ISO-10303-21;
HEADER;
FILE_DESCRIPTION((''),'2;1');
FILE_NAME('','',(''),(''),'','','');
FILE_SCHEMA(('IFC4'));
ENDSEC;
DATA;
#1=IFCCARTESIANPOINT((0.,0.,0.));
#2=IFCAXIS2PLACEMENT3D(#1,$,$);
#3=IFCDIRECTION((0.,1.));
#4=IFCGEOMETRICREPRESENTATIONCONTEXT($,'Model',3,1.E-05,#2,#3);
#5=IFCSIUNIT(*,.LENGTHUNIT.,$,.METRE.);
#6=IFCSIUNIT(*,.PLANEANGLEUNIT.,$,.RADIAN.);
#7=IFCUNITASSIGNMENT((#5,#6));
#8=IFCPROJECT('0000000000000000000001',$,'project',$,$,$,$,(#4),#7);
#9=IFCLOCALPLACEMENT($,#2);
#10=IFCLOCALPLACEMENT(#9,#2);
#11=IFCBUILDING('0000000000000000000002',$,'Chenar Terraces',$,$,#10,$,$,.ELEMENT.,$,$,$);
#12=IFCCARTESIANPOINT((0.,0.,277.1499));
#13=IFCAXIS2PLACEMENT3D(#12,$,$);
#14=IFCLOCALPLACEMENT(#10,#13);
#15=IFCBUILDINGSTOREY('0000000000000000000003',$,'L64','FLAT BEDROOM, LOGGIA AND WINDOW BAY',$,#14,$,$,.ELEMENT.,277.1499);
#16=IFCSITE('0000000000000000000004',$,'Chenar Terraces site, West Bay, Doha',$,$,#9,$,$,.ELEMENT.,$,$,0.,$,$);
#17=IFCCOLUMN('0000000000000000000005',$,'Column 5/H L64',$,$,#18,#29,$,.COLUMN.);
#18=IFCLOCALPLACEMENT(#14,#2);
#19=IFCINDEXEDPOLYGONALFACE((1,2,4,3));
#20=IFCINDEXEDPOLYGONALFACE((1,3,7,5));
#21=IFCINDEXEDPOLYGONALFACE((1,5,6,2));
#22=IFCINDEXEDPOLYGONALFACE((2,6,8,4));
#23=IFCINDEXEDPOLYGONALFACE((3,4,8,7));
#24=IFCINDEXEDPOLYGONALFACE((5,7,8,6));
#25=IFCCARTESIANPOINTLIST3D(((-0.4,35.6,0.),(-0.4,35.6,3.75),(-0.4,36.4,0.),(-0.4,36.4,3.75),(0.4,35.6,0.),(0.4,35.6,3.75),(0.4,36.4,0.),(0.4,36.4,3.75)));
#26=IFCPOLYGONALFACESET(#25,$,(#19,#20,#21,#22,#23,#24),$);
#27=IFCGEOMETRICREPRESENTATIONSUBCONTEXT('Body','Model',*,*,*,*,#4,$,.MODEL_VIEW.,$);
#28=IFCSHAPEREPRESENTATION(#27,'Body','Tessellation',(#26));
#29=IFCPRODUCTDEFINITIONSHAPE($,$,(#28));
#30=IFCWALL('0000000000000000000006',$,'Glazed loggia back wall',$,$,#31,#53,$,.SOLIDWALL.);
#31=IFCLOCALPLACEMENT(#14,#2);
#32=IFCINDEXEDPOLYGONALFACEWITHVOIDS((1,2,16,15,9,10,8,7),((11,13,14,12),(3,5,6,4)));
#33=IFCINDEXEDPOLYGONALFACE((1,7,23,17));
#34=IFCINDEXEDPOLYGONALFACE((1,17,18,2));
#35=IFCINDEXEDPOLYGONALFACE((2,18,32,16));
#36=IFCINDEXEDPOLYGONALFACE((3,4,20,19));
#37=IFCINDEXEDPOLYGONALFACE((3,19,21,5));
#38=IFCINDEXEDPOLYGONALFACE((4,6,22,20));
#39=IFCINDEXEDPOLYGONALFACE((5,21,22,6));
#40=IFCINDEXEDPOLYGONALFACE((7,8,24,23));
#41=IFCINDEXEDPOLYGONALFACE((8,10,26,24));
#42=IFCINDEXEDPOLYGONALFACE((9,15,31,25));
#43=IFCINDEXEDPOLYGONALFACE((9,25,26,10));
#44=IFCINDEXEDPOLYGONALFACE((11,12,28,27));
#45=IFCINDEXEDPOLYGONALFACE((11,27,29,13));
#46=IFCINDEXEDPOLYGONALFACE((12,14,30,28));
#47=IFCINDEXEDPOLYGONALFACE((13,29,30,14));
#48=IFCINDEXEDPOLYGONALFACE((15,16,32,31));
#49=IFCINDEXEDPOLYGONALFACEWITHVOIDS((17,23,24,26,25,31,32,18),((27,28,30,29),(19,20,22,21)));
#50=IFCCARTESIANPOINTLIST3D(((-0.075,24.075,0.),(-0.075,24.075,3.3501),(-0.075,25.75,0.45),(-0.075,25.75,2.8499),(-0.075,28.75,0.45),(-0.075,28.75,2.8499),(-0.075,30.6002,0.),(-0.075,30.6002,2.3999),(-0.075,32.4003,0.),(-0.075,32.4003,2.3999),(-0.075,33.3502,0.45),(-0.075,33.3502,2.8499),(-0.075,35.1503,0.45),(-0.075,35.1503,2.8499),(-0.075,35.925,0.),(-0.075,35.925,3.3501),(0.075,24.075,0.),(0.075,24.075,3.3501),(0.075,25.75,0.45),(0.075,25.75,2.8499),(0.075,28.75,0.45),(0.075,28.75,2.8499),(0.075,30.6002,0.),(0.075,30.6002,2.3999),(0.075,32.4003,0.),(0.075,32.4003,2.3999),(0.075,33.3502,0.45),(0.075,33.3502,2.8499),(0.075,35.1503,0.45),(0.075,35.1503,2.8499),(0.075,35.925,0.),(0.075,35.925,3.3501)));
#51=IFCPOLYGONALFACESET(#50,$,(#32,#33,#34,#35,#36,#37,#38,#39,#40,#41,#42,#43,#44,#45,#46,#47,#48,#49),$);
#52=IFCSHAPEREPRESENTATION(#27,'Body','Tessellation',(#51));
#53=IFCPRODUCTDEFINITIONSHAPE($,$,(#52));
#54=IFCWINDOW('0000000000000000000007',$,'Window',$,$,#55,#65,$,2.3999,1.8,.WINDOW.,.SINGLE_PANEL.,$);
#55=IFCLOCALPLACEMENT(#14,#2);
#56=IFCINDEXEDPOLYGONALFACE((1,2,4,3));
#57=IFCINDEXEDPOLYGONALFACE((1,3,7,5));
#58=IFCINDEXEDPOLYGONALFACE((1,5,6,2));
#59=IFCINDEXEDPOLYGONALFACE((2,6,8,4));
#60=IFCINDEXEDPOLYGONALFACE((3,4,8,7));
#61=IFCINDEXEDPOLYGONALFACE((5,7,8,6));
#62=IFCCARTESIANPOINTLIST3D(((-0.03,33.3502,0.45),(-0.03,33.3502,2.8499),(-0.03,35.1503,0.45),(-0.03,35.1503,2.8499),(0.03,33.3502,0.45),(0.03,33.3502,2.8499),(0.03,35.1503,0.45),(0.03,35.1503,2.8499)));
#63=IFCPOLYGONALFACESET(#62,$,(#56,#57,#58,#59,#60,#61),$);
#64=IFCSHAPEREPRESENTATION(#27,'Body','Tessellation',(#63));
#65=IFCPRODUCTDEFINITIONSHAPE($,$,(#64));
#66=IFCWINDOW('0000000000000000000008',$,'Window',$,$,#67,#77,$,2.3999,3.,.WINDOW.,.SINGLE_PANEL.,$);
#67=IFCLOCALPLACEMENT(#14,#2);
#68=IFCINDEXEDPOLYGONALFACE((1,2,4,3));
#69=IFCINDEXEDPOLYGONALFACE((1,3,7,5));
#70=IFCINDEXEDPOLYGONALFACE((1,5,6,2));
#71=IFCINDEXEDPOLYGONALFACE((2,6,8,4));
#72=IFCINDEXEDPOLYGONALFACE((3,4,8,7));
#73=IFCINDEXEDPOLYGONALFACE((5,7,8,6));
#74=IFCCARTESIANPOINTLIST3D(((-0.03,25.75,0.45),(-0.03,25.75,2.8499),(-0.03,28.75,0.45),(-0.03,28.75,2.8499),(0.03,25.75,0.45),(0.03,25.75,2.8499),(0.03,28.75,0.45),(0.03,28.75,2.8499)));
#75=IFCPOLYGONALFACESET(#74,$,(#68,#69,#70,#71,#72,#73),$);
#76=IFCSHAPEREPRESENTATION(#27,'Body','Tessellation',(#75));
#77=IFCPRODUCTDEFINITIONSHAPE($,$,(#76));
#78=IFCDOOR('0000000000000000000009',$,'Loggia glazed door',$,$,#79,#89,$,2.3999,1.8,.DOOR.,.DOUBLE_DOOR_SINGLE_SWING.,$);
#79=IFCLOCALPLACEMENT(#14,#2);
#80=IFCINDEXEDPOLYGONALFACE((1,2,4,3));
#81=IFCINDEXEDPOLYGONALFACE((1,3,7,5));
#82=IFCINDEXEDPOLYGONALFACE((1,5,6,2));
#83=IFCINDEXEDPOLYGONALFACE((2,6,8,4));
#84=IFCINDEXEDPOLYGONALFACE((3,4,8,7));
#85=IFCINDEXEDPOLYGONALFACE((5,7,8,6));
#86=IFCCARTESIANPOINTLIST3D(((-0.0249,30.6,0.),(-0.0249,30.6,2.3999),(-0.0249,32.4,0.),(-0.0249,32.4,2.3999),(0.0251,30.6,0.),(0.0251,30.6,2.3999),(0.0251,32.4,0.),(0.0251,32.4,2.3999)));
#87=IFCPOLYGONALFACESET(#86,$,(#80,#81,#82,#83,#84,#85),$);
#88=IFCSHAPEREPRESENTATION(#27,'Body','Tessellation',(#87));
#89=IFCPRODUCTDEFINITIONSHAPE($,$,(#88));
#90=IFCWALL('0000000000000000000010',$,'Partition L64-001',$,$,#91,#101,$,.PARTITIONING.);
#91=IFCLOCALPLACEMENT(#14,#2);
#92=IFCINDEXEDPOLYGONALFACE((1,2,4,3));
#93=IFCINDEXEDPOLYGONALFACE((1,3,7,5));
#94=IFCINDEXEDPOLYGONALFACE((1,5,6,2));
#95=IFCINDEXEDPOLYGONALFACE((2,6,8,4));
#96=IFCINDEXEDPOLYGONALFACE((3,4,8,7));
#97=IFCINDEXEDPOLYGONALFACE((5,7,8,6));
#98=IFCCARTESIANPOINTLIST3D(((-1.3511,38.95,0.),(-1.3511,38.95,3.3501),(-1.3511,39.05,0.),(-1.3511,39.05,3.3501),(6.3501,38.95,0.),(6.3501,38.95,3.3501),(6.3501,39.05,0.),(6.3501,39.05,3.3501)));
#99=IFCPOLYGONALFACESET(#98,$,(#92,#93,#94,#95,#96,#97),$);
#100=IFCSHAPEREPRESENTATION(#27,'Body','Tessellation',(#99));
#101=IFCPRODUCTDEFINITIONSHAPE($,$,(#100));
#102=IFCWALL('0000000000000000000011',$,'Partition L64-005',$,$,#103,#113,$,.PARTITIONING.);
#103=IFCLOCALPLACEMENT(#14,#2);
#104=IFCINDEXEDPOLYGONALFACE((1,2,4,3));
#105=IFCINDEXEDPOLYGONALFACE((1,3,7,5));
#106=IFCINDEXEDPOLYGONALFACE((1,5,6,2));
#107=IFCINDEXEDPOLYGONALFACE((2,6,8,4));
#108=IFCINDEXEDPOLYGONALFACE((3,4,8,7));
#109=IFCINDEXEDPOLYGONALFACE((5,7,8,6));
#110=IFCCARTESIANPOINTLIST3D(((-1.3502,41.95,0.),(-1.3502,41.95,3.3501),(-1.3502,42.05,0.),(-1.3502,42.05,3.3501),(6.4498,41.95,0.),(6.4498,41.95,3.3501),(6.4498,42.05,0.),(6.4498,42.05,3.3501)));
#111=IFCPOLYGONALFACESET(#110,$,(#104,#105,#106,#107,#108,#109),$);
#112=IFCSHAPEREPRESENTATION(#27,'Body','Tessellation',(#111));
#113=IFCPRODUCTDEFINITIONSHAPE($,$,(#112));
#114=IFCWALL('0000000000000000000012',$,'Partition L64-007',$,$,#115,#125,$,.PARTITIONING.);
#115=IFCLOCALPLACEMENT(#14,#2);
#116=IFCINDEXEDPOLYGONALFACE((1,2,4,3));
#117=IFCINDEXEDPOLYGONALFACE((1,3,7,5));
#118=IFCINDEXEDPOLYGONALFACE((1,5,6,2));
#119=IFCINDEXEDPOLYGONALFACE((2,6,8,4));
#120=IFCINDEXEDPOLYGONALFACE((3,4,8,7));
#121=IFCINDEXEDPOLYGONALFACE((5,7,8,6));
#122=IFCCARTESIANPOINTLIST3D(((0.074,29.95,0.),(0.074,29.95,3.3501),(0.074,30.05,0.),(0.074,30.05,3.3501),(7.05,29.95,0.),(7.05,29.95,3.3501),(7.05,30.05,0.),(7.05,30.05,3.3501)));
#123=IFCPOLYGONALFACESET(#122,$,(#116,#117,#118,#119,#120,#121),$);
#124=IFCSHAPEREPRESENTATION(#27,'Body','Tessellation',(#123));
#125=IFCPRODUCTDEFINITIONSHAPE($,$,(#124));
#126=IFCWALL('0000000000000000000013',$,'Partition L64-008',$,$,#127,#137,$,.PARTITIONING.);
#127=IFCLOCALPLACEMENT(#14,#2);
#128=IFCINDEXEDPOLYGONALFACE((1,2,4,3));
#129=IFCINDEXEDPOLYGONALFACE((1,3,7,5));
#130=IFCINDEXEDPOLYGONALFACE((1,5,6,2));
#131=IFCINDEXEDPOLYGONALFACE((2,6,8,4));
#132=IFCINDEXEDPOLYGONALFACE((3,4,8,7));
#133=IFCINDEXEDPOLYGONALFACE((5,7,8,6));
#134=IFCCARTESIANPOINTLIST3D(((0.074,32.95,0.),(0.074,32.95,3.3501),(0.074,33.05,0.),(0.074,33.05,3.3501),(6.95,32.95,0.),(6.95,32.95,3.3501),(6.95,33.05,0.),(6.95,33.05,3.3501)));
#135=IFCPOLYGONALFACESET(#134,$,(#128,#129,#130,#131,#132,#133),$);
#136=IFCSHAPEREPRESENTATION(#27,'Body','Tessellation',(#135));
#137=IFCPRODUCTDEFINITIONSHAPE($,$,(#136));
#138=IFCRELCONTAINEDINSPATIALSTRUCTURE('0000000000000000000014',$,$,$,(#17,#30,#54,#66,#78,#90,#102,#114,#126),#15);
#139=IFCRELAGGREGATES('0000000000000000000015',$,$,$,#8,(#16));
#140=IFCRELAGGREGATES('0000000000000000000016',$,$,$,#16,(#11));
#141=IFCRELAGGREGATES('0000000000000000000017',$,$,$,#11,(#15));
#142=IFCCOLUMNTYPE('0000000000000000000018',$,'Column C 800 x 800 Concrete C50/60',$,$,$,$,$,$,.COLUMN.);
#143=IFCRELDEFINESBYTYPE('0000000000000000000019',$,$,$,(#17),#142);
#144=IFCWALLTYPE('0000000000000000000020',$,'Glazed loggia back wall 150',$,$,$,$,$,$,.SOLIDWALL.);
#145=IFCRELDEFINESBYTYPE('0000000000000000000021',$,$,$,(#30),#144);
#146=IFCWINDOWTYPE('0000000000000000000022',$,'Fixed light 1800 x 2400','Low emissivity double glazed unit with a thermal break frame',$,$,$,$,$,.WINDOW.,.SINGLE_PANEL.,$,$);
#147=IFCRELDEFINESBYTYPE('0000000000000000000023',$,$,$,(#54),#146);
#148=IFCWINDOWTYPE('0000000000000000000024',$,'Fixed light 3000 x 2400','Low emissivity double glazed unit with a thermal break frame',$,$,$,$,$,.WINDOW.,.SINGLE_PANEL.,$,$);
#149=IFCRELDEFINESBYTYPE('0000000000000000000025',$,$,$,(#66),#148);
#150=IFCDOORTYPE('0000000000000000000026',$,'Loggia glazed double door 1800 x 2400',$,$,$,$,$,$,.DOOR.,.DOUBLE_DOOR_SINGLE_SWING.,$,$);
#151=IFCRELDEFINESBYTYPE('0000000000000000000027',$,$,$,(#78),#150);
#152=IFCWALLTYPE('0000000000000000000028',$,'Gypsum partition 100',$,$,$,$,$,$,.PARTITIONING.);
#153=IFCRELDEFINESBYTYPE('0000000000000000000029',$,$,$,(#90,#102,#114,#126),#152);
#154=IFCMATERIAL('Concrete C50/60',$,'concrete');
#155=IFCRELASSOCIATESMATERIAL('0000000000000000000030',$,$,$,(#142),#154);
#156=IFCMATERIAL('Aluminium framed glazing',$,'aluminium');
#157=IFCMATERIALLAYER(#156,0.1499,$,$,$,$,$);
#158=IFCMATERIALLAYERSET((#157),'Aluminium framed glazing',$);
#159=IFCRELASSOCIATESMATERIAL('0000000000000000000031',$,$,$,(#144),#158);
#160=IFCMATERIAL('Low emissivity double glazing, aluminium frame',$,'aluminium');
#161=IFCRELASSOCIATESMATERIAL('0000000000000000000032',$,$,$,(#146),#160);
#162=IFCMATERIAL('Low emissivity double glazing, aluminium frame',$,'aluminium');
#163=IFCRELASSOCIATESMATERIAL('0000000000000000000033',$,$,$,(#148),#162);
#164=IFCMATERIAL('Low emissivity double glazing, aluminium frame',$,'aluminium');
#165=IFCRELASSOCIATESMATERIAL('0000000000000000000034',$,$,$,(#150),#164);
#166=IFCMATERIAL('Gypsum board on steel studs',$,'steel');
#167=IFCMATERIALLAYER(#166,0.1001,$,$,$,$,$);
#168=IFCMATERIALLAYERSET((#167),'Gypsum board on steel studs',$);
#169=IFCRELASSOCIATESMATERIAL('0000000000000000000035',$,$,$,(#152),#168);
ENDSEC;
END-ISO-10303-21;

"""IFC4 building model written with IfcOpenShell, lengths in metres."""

from ifc_helpers import new_model, si_unit, direction, frame, frame_2d, origin, origin_2d, place, context, subcontext, project, spatial, rectangle, extrude, material, layer, layer_set, material_profile, profile_set, type_object, element, fill, save


model = new_model("IFC4")

# Units and contexts
model_context = context("Model", 3, precision=1e-05, world=origin(), true_north=direction((0.0, 1.0)))
body_context = subcontext(model_context, "Body", "Model", "MODEL_VIEW")
ifc_project = project(units=[si_unit("LENGTHUNIT", "METRE"), si_unit("PLANEANGLEUNIT", "RADIAN")], contexts=[model_context])

# Site, building, storey
site_placement = place(None, origin())
site = spatial("IfcSite", under=ifc_project, at=site_placement, Name="Chenar Terraces site, West Bay, Doha", CompositionType="ELEMENT", RefElevation=0.0)
building_placement = place(site_placement, origin())
building = spatial("IfcBuilding", under=site, at=building_placement, Name="Chenar Terraces", CompositionType="ELEMENT")
storey_placement = place(building_placement, frame((0.0, 0.0, 277.1499)))
storey = spatial("IfcBuildingStorey", under=building, at=storey_placement, Name="L64", Description="FLAT BEDROOM, LOGGIA AND WINDOW BAY", CompositionType="ELEMENT", Elevation=277.1499)

# Column
ifc_material_1 = material(Name="Concrete C50/60", Category="concrete")
ifc_material_profile = material_profile(ifc_material_1, rectangle(XDim=0.8, YDim=0.8, at=origin_2d()), Name="C 800 x 800")
ifc_profile_set = profile_set([ifc_material_profile], Name="Concrete C50/60")
column_type = type_object("IfcColumnType", Name="Column C 800 x 800 Concrete C50/60", PredefinedType="COLUMN", material=ifc_profile_set)
placement = place(storey_placement, frame((0.0, 36.0, 0.0), z_axis=(0.0, 0.0, 1.0), x_axis=(1.0, 0.0, 0.0)))
element("IfcColumn", 1, at=placement, inside=storey, type_object=column_type, Name="Column 5/H L64", PredefinedType="COLUMN", context=body_context, shape_type="SweptSolid", body=[
    extrude(rectangle(XDim=0.8, YDim=0.8, at=origin_2d()), origin(), (0.0, 0.0, 1.0), 3.75),
])

# Wall, openings, windows, door
ifc_material_2 = material(Name="Aluminium framed glazing", Category="aluminium")
ifc_layer_1 = layer(ifc_material_2, 0.1499)
ifc_layer_set_1 = layer_set([ifc_layer_1], Name="Aluminium framed glazing")
wall_type_1 = type_object("IfcWallType", Name="Glazed loggia back wall 150", PredefinedType="SOLIDWALL", material=ifc_layer_set_1)
wall_1_placement = place(storey_placement, frame((0.0, 35.925, 0.0), z_axis=(0.0, 0.0, 1.0), x_axis=(0.0, -1.0, 0.0)))
wall_1 = element("IfcWall", 2, at=wall_1_placement, inside=storey, type_object=wall_type_1, Name="Glazed loggia back wall", PredefinedType="SOLIDWALL", context=body_context, shape_type="SweptSolid", body=[
    extrude(rectangle(XDim=11.8501, YDim=0.1499, at=frame_2d((5.925, 0.0))), origin(), (0.0, 0.0, 1.0), 3.3501),
])
opening_1_placement = place(wall_1_placement, frame((0.7749, 0.0, 0.45)))
opening_1 = element("IfcOpeningElement", 3, at=opening_1_placement, cuts=wall_1, PredefinedType="OPENING", context=body_context, shape_type="SweptSolid", body=[
    extrude(rectangle(XDim=1.8, YDim=2.3999, at=frame_2d((0.8999, 1.2))), frame((0.0, 0.085, 0.0), z_axis=(0.0, -1.0, 0.0), x_axis=(1.0, 0.0, 0.0)), (0.0, 0.0, 1.0), 0.1699),
])
opening_2_placement = place(wall_1_placement, frame((3.5249, 0.0, 0.0)))
opening_2 = element("IfcOpeningElement", 4, at=opening_2_placement, cuts=wall_1, PredefinedType="OPENING", context=body_context, shape_type="SweptSolid", body=[
    extrude(rectangle(XDim=1.8, YDim=2.3999, at=frame_2d((0.8999, 1.2))), frame((0.0, 0.085, 0.0), z_axis=(0.0, -1.0, 0.0), x_axis=(1.0, 0.0, 0.0)), (0.0, 0.0, 1.0), 0.1699),
])
opening_3_placement = place(wall_1_placement, frame((7.175, 0.0, 0.45)))
opening_3 = element("IfcOpeningElement", 5, at=opening_3_placement, cuts=wall_1, PredefinedType="OPENING", context=body_context, shape_type="SweptSolid", body=[
    extrude(rectangle(XDim=3.0, YDim=2.3999, at=frame_2d((1.5, 1.2))), frame((0.0, 0.085, 0.0), z_axis=(0.0, -1.0, 0.0), x_axis=(1.0, 0.0, 0.0)), (0.0, 0.0, 1.0), 0.1699),
])
ifc_material_3 = material(Name="Low emissivity double glazing, aluminium frame", Category="aluminium")
window_type_1 = type_object("IfcWindowType", Name="Fixed light 1800 x 2400", Description="Low emissivity double glazed unit with a thermal break frame", PartitioningType="SINGLE_PANEL", PredefinedType="WINDOW", material=ifc_material_3)
window_1_placement = place(opening_1_placement, origin())
window_1 = element("IfcWindow", 6, at=window_1_placement, inside=storey, type_object=window_type_1, Name="Window", OverallHeight=2.3999, OverallWidth=1.8, PartitioningType="SINGLE_PANEL", PredefinedType="WINDOW", context=body_context, shape_type="SweptSolid", body=[
    extrude(rectangle(XDim=1.8, YDim=2.3999, at=frame_2d((0.8999, 1.2))), frame((0.0, 0.03, 0.0), z_axis=(0.0, -1.0, 0.0), x_axis=(1.0, 0.0, 0.0)), (0.0, 0.0, 1.0), 0.0601),
])
fill(opening_1, window_1)
ifc_material_4 = material(Name="Low emissivity double glazing, aluminium frame", Category="aluminium")
window_type_2 = type_object("IfcWindowType", Name="Fixed light 3000 x 2400", Description="Low emissivity double glazed unit with a thermal break frame", PartitioningType="SINGLE_PANEL", PredefinedType="WINDOW", material=ifc_material_4)
window_2_placement = place(opening_3_placement, origin())
window_2 = element("IfcWindow", 7, at=window_2_placement, inside=storey, type_object=window_type_2, Name="Window", OverallHeight=2.3999, OverallWidth=3.0, PartitioningType="SINGLE_PANEL", PredefinedType="WINDOW", context=body_context, shape_type="SweptSolid", body=[
    extrude(rectangle(XDim=3.0, YDim=2.3999, at=frame_2d((1.5, 1.2))), frame((0.0, 0.03, 0.0), z_axis=(0.0, -1.0, 0.0), x_axis=(1.0, 0.0, 0.0)), (0.0, 0.0, 1.0), 0.0601),
])
fill(opening_3, window_2)
ifc_material_5 = material(Name="Low emissivity double glazing, aluminium frame", Category="aluminium")
door_type_1 = type_object("IfcDoorType", Name="Loggia glazed double door 1800 x 2400", OperationType="DOUBLE_DOOR_SINGLE_SWING", PredefinedType="DOOR", material=ifc_material_5)
door_1_placement = place(opening_2_placement, frame((1.8, 0.0, 0.0), z_axis=(0.0, 0.0, 1.0), x_axis=(-1.0, 0.0, 0.0)))
door_1 = element("IfcDoor", 8, at=door_1_placement, inside=storey, type_object=door_type_1, Name="Loggia glazed door", OperationType="DOUBLE_DOOR_SINGLE_SWING", OverallHeight=2.3999, OverallWidth=1.8, PredefinedType="DOOR", context=body_context, shape_type="SweptSolid", body=[
    extrude(rectangle(XDim=1.8, YDim=2.3999, at=frame_2d((0.8999, 1.2))), frame((0.0, 0.0249, 0.0), z_axis=(0.0, -1.0, 0.0), x_axis=(1.0, 0.0, 0.0)), (0.0, 0.0, 1.0), 0.05),
])
fill(opening_2, door_1)

# Walls
ifc_material_6 = material(Name="Gypsum board on steel studs", Category="steel")
ifc_layer_2 = layer(ifc_material_6, 0.1001)
ifc_layer_set_2 = layer_set([ifc_layer_2], Name="Gypsum board on steel studs")
wall_type_2 = type_object("IfcWallType", Name="Gypsum partition 100", PredefinedType="PARTITIONING", material=ifc_layer_set_2)
wall_2_placement = place(storey_placement, frame((-1.3511, 39.0, 0.0), z_axis=(0.0, 0.0, 1.0), x_axis=(1.0, 0.0, 0.0)))
element("IfcWall", 9, at=wall_2_placement, inside=storey, type_object=wall_type_2, Name="Partition L64-001", PredefinedType="PARTITIONING", context=body_context, shape_type="SweptSolid", body=[
    extrude(rectangle(XDim=7.7012, YDim=0.1001, at=frame_2d((3.8506, 0.0))), origin(), (0.0, 0.0, 1.0), 3.3501),
])
wall_3_placement = place(storey_placement, frame((-1.3501, 42.0, 0.0), z_axis=(0.0, 0.0, 1.0), x_axis=(1.0, 0.0, 0.0)))
element("IfcWall", 10, at=wall_3_placement, inside=storey, type_object=wall_type_2, Name="Partition L64-005", PredefinedType="PARTITIONING", context=body_context, shape_type="SweptSolid", body=[
    extrude(rectangle(XDim=7.8, YDim=0.1001, at=frame_2d((3.8999, 0.0))), origin(), (0.0, 0.0, 1.0), 3.3501),
])
wall_4_placement = place(storey_placement, frame((0.074, 30.0, 0.0), z_axis=(0.0, 0.0, 1.0), x_axis=(1.0, 0.0, 0.0)))
element("IfcWall", 11, at=wall_4_placement, inside=storey, type_object=wall_type_2, Name="Partition L64-007", PredefinedType="PARTITIONING", context=body_context, shape_type="SweptSolid", body=[
    extrude(rectangle(XDim=6.9761, YDim=0.1001, at=frame_2d((3.488, 0.0))), origin(), (0.0, 0.0, 1.0), 3.3501),
])
wall_5_placement = place(storey_placement, frame((0.074, 33.0, 0.0), z_axis=(0.0, 0.0, 1.0), x_axis=(1.0, 0.0, 0.0)))
element("IfcWall", 12, at=wall_5_placement, inside=storey, type_object=wall_type_2, Name="Partition L64-008", PredefinedType="PARTITIONING", context=body_context, shape_type="SweptSolid", body=[
    extrude(rectangle(XDim=6.876, YDim=0.1001, at=frame_2d((3.438, 0.0))), origin(), (0.0, 0.0, 1.0), 3.3501),
])

save(model, "model.ifc")
